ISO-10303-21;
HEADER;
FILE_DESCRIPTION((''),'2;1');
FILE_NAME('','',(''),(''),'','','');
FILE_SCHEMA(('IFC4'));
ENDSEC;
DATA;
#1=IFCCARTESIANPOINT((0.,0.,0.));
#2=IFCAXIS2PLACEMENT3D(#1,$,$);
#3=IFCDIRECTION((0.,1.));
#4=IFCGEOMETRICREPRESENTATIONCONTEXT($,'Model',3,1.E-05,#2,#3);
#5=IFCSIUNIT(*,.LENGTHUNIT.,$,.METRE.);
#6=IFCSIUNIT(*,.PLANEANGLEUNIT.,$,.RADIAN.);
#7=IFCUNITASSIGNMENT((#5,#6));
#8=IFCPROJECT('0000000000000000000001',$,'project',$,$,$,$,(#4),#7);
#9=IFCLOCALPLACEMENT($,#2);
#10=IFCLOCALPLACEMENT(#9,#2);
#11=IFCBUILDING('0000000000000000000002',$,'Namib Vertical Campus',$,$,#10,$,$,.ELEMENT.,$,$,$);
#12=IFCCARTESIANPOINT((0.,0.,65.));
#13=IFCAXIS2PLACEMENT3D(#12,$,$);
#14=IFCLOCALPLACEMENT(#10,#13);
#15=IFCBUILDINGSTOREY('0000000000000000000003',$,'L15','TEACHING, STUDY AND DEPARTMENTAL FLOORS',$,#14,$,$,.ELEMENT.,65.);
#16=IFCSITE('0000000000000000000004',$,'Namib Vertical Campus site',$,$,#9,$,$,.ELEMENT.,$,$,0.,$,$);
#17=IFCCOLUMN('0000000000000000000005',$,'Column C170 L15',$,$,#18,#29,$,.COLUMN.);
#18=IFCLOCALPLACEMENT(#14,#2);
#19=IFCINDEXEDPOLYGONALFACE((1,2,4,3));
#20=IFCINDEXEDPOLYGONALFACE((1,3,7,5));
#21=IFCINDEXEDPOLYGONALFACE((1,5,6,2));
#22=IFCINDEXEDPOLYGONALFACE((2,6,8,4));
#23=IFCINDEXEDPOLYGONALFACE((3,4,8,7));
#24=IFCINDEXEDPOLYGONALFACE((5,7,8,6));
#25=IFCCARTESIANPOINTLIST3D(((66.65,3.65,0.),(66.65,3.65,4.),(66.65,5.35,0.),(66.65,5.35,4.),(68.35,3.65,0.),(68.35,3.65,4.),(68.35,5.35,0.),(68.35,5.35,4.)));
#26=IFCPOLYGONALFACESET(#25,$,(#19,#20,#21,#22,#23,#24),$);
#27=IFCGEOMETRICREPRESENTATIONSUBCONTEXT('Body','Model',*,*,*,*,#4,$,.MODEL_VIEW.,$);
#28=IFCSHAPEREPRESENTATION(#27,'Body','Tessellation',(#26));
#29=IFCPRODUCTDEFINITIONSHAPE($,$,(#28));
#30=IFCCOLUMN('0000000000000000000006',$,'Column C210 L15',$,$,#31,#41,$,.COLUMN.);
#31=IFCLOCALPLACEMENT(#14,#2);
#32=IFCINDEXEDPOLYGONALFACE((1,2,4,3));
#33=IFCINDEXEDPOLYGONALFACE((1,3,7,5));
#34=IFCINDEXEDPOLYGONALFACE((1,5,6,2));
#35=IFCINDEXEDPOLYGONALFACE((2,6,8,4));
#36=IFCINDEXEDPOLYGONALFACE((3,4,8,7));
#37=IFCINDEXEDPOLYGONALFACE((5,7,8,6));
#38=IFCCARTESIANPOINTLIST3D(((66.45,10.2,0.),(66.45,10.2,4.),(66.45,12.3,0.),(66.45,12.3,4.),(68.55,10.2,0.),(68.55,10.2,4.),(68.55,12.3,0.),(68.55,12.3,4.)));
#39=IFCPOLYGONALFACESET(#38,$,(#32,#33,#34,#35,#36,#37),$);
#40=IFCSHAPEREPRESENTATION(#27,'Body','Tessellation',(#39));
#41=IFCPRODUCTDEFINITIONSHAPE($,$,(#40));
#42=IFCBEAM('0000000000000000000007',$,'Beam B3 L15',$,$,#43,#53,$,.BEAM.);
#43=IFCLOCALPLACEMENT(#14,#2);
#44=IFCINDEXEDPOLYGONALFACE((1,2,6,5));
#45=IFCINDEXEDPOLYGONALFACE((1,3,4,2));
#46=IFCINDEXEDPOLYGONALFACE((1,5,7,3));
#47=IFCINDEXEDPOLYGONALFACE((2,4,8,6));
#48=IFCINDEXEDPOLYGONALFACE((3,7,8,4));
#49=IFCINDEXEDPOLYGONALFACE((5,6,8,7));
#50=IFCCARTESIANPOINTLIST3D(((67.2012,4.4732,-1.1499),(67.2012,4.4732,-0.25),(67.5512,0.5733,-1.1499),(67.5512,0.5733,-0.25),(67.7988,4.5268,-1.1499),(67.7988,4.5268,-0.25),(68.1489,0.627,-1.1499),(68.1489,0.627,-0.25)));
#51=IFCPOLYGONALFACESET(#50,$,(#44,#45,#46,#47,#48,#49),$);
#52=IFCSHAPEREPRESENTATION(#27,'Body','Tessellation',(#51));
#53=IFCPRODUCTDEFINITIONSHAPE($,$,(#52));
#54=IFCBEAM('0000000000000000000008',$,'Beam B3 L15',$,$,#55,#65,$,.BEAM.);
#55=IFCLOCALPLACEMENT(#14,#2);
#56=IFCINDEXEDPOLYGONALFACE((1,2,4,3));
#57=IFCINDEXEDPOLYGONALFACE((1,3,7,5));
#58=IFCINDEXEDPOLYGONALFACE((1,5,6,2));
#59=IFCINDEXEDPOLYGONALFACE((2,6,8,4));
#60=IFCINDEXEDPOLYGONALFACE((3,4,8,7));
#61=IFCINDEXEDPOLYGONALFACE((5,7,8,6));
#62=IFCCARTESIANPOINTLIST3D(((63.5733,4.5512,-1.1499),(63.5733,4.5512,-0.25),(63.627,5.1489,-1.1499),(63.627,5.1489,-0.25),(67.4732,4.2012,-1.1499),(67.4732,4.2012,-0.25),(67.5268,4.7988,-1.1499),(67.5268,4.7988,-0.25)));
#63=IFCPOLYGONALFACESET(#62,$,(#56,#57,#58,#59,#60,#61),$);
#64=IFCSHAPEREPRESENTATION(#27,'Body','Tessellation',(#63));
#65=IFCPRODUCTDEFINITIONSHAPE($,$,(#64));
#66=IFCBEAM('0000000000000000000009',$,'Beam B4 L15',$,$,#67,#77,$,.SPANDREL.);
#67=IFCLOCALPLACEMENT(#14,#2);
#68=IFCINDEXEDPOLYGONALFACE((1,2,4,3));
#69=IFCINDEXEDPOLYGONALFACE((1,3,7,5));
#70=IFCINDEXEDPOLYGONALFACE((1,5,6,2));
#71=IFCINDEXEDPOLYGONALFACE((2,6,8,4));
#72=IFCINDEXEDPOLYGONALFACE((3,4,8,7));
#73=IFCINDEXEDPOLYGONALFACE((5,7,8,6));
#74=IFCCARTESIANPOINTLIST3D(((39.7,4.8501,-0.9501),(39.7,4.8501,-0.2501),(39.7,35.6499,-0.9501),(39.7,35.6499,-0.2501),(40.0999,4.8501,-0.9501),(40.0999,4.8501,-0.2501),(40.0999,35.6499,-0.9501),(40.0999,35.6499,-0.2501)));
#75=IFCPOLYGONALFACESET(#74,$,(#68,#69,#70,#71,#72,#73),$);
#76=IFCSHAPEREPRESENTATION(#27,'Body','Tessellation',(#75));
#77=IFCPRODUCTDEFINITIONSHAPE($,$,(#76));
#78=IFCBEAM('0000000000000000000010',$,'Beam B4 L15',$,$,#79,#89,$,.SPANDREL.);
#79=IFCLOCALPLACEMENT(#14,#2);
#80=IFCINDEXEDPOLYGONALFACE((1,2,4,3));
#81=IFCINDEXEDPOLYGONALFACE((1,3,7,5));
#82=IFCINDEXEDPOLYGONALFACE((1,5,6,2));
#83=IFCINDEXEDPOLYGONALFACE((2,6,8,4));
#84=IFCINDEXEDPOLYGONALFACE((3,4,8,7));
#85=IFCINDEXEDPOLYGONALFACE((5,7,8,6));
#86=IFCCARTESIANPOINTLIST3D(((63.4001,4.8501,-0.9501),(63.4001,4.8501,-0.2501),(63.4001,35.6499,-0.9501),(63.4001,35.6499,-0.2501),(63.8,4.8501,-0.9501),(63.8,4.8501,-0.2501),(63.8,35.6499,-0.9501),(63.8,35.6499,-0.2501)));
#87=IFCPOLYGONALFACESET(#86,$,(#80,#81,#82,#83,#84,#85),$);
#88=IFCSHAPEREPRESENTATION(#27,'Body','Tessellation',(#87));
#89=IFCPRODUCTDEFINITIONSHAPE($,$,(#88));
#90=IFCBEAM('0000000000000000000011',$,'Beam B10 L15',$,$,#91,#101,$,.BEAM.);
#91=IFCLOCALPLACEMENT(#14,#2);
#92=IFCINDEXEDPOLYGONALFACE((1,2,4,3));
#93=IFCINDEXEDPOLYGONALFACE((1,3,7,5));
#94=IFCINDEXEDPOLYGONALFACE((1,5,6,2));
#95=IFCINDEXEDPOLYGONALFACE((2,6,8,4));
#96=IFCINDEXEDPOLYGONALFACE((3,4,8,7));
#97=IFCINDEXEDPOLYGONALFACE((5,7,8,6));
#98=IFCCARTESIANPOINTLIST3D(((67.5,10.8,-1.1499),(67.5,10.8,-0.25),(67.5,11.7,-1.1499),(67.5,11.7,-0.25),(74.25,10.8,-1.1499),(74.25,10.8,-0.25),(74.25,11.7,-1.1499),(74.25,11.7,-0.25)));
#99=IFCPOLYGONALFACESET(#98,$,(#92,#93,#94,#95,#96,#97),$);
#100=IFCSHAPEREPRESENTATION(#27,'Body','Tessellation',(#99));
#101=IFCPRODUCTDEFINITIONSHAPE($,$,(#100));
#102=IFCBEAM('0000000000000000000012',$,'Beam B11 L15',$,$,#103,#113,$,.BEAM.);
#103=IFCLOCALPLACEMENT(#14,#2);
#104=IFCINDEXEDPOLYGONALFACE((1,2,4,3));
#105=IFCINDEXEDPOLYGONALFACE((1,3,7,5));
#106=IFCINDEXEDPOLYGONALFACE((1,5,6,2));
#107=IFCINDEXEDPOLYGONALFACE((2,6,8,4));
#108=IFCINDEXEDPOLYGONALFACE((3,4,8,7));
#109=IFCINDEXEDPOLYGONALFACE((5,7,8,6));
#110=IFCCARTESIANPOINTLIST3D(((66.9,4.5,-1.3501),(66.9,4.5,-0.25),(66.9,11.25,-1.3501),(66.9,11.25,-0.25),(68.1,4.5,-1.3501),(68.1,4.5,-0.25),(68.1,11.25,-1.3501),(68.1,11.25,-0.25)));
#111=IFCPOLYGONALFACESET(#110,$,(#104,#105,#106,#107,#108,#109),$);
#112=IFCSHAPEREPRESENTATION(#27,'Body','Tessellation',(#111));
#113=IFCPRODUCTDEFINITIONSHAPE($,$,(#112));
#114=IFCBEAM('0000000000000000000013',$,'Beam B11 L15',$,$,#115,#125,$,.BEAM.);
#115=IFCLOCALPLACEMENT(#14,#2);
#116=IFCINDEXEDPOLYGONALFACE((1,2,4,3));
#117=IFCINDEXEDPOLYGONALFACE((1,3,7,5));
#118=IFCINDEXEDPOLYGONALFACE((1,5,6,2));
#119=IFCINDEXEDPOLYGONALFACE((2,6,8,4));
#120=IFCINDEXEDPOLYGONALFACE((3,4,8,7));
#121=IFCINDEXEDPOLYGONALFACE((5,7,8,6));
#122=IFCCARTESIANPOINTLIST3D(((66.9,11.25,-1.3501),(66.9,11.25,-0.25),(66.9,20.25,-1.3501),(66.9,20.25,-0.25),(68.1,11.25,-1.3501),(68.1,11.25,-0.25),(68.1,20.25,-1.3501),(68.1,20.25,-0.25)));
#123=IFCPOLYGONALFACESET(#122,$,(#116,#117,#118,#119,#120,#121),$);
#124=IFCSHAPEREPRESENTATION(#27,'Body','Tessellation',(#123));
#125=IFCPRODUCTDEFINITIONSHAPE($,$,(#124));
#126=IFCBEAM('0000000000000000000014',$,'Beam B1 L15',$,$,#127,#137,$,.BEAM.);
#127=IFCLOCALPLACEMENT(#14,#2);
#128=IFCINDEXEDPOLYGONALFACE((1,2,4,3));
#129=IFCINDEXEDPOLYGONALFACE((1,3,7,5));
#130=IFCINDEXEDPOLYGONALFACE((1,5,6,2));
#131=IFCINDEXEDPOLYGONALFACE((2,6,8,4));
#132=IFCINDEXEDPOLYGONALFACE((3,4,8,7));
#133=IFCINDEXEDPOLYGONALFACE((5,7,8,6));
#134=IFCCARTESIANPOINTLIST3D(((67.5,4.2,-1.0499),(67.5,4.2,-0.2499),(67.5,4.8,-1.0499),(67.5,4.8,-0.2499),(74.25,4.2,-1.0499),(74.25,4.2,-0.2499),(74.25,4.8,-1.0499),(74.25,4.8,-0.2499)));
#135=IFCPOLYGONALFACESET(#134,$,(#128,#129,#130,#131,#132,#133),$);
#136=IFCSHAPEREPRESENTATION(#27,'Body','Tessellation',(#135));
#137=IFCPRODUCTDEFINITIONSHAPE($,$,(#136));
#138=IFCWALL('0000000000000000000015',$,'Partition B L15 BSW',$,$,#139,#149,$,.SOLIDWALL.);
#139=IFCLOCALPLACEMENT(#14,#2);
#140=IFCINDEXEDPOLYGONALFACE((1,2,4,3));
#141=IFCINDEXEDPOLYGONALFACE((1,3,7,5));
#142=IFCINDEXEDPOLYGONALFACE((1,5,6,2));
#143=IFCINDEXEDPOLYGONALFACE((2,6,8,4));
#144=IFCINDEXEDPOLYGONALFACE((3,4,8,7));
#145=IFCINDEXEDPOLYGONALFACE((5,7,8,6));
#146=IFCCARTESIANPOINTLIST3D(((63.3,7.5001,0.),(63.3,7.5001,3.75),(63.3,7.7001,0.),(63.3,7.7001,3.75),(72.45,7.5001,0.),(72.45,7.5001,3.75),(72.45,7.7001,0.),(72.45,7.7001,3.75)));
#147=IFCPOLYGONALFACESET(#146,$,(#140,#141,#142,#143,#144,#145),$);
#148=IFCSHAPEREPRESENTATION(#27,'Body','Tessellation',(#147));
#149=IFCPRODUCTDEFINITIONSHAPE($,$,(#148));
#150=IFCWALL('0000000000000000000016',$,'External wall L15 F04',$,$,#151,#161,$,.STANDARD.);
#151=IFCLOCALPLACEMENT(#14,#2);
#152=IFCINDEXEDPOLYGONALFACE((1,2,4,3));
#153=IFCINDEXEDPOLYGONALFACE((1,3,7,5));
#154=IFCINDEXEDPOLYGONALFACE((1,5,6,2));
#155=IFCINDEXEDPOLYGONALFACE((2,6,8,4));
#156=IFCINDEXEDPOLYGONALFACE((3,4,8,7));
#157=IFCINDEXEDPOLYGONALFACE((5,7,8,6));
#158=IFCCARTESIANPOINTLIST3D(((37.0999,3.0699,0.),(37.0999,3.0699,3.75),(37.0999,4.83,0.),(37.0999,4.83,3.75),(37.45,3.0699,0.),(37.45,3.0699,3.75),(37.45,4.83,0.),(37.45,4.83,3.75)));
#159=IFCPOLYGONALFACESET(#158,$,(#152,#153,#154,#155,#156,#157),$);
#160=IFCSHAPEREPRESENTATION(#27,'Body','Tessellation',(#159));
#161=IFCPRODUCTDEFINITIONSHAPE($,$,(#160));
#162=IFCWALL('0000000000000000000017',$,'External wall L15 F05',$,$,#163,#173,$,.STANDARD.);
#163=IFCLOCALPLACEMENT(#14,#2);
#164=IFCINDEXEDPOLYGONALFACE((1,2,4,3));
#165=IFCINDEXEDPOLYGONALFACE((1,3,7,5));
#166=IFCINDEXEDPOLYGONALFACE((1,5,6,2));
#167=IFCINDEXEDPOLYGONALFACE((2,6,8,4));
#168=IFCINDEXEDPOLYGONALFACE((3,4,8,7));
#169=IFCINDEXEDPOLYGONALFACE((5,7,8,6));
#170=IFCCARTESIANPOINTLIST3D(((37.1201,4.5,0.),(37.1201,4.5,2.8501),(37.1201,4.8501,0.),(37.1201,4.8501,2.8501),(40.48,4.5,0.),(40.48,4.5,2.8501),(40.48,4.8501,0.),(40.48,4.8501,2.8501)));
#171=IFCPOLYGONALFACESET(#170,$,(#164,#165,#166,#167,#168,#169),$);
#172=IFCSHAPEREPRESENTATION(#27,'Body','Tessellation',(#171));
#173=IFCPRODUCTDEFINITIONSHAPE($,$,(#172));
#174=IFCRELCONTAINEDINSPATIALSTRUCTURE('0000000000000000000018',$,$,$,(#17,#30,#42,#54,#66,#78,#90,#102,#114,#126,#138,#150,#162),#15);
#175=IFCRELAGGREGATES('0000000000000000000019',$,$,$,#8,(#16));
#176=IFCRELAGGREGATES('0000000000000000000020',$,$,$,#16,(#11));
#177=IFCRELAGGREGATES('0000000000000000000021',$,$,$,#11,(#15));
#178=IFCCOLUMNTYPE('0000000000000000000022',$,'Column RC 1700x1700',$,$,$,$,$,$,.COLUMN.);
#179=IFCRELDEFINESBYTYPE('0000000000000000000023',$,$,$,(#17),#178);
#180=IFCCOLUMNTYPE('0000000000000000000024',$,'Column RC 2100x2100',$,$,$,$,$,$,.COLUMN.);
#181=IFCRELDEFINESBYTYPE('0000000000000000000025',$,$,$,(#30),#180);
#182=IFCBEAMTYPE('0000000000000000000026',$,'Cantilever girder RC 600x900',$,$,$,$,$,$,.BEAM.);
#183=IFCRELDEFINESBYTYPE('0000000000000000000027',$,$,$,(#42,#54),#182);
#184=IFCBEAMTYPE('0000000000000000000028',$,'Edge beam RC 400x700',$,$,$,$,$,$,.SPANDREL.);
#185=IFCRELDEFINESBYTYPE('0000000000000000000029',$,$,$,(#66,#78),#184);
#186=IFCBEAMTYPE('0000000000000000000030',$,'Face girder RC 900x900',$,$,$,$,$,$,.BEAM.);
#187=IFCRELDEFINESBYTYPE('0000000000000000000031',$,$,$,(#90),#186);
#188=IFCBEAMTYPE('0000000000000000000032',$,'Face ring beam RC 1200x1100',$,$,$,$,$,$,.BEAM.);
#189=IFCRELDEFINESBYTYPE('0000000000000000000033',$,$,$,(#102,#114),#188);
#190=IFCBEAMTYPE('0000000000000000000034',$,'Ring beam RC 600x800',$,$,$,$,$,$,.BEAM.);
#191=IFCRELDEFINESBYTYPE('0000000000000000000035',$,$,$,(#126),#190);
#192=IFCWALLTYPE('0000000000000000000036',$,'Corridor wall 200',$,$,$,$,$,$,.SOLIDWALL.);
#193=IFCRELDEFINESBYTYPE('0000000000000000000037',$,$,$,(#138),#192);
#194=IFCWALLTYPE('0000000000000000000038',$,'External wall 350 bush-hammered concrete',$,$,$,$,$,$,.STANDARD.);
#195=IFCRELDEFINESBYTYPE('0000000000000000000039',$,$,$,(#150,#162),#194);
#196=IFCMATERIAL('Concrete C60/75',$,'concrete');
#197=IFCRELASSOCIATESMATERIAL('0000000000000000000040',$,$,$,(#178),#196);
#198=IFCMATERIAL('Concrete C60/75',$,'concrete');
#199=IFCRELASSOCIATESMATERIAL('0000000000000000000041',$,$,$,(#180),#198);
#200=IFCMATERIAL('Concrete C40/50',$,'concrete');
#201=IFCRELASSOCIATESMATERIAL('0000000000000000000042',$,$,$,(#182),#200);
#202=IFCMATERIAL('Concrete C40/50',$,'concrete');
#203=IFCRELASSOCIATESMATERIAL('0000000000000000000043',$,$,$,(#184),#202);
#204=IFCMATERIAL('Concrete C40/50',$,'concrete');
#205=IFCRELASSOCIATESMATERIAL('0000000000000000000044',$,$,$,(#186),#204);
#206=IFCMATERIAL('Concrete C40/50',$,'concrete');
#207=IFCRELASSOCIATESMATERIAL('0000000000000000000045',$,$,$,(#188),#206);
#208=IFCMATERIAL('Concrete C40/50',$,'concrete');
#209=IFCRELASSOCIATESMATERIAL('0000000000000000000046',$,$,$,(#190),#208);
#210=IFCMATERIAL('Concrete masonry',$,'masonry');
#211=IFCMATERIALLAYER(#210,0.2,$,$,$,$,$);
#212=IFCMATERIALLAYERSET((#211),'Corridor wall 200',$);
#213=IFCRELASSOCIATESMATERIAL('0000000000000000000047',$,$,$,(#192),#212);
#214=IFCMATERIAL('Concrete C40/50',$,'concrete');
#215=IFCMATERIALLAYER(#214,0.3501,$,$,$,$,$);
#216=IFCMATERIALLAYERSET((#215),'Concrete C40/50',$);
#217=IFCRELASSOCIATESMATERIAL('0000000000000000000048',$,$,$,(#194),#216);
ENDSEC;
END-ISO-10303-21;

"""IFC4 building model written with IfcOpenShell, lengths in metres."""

from ifc_helpers import new_model, si_unit, direction, frame, frame_2d, origin, origin_2d, place, context, subcontext, project, spatial, rectangle, extrude, material, layer, layer_set, material_profile, profile_set, type_object, element, save


model = new_model("IFC4")

# Units and contexts
model_context = context("Model", 3, precision=1e-05, world=origin(), true_north=direction((0.0, 1.0)))
body_context = subcontext(model_context, "Body", "Model", "MODEL_VIEW")
ifc_project = project(units=[si_unit("LENGTHUNIT", "METRE"), si_unit("PLANEANGLEUNIT", "RADIAN")], contexts=[model_context])

# Site, building, storey
site_placement = place(None, origin())
site = spatial("IfcSite", under=ifc_project, at=site_placement, Name="Namib Vertical Campus site", CompositionType="ELEMENT", RefElevation=0.0)
building_placement = place(site_placement, origin())
building = spatial("IfcBuilding", under=site, at=building_placement, Name="Namib Vertical Campus", CompositionType="ELEMENT")
storey_placement = place(building_placement, frame((0.0, 0.0, 65.0)))
storey = spatial("IfcBuildingStorey", under=building, at=storey_placement, Name="L15", Description="TEACHING, STUDY AND DEPARTMENTAL FLOORS", CompositionType="ELEMENT", Elevation=65.0)

# Columns
ifc_material_1 = material(Name="Concrete C60/75", Category="concrete")
ifc_material_profile_1 = material_profile(ifc_material_1, rectangle(XDim=1.7, YDim=1.7, at=origin_2d()))
ifc_profile_set_1 = profile_set([ifc_material_profile_1], Name="Concrete C60/75")
column_type_1 = type_object("IfcColumnType", Name="Column RC 1700x1700", PredefinedType="COLUMN", material=ifc_profile_set_1)
column_1_placement = place(storey_placement, frame((67.5, 4.5, 0.0), z_axis=(0.0, 0.0, 1.0), x_axis=(1.0, 0.0, 0.0)))
element("IfcColumn", 1, at=column_1_placement, inside=storey, type_object=column_type_1, Name="Column C170 L15", PredefinedType="COLUMN", context=body_context, shape_type="SweptSolid", body=[
    extrude(rectangle(XDim=1.7, YDim=1.7, at=origin_2d()), origin(), (0.0, 0.0, 1.0), 4.0),
])
ifc_material_2 = material(Name="Concrete C60/75", Category="concrete")
ifc_material_profile_2 = material_profile(ifc_material_2, rectangle(XDim=2.1001, YDim=2.1001, at=origin_2d()))
ifc_profile_set_2 = profile_set([ifc_material_profile_2], Name="Concrete C60/75")
column_type_2 = type_object("IfcColumnType", Name="Column RC 2100x2100", PredefinedType="COLUMN", material=ifc_profile_set_2)
column_2_placement = place(storey_placement, frame((67.5, 11.25, 0.0), z_axis=(0.0, 0.0, 1.0), x_axis=(1.0, 0.0, 0.0)))
element("IfcColumn", 2, at=column_2_placement, inside=storey, type_object=column_type_2, Name="Column C210 L15", PredefinedType="COLUMN", context=body_context, shape_type="SweptSolid", body=[
    extrude(rectangle(XDim=2.1001, YDim=2.1001, at=origin_2d()), origin(), (0.0, 0.0, 1.0), 4.0),
])

# Beams
ifc_material_3 = material(Name="Concrete C40/50", Category="concrete")
ifc_material_profile_3 = material_profile(ifc_material_3, rectangle(XDim=0.6001, YDim=0.8999, at=origin_2d()))
ifc_profile_set_3 = profile_set([ifc_material_profile_3], Name="Concrete C40/50")
beam_type_1 = type_object("IfcBeamType", Name="Cantilever girder RC 600x900", PredefinedType="BEAM", material=ifc_profile_set_3)
for number, where, z_axis, x_axis, name in (
    (3, (67.5, 4.5, -0.7), (0.089411, -0.995995, 0.0), (0.995995, 0.089411, 0.0), "Beam B3 L15"),
    (4, (67.5, 4.5, -0.7), (-0.995995, 0.089411, 0.0), (-0.089411, -0.995995, 0.0), "Beam B3 L15"),
):
    element("IfcBeam", number, at=place(storey_placement, frame(where, z_axis=z_axis, x_axis=x_axis)), inside=storey, type_object=beam_type_1, Name=name, PredefinedType="BEAM", context=body_context, shape_type="SweptSolid", body=[
        extrude(rectangle(XDim=0.6001, YDim=0.8999, at=origin_2d()), origin(), (0.0, 0.0, 1.0), 3.9155),
    ])
ifc_material_4 = material(Name="Concrete C40/50", Category="concrete")
ifc_material_profile_4 = material_profile(ifc_material_4, rectangle(XDim=0.3999, YDim=0.7, at=origin_2d()))
ifc_profile_set_4 = profile_set([ifc_material_profile_4], Name="Concrete C40/50")
beam_type_2 = type_object("IfcBeamType", Name="Edge beam RC 400x700", PredefinedType="SPANDREL", material=ifc_profile_set_4)
for number, where, z_axis, x_axis, name in (
    (5, (39.8999, 4.8501, -0.6001), (0.0, 1.0, 0.0), (-1.0, 0.0, 0.0), "Beam B4 L15"),
    (6, (63.6001, 4.8501, -0.6001), (0.0, 1.0, 0.0), (-1.0, 0.0, 0.0), "Beam B4 L15"),
):
    element("IfcBeam", number, at=place(storey_placement, frame(where, z_axis=z_axis, x_axis=x_axis)), inside=storey, type_object=beam_type_2, Name=name, PredefinedType="SPANDREL", context=body_context, shape_type="SweptSolid", body=[
        extrude(rectangle(XDim=0.3999, YDim=0.7, at=origin_2d()), origin(), (0.0, 0.0, 1.0), 30.7998),
    ])
ifc_material_5 = material(Name="Concrete C40/50", Category="concrete")
ifc_material_profile_5 = material_profile(ifc_material_5, rectangle(XDim=0.8999, YDim=0.8999, at=origin_2d()))
ifc_profile_set_5 = profile_set([ifc_material_profile_5], Name="Concrete C40/50")
beam_type_3 = type_object("IfcBeamType", Name="Face girder RC 900x900", PredefinedType="BEAM", material=ifc_profile_set_5)
beam_1_placement = place(storey_placement, frame((67.5, 11.25, -0.7), z_axis=(1.0, 0.0, 0.0), x_axis=(0.0, 1.0, 0.0)))
element("IfcBeam", 7, at=beam_1_placement, inside=storey, type_object=beam_type_3, Name="Beam B10 L15", PredefinedType="BEAM", context=body_context, shape_type="SweptSolid", body=[
    extrude(rectangle(XDim=0.8999, YDim=0.8999, at=origin_2d()), origin(), (0.0, 0.0, 1.0), 6.75),
])
ifc_material_6 = material(Name="Concrete C40/50", Category="concrete")
ifc_material_profile_6 = material_profile(ifc_material_6, rectangle(XDim=1.2, YDim=1.1001, at=origin_2d()))
ifc_profile_set_6 = profile_set([ifc_material_profile_6], Name="Concrete C40/50")
beam_type_4 = type_object("IfcBeamType", Name="Face ring beam RC 1200x1100", PredefinedType="BEAM", material=ifc_profile_set_6)
beam_2_placement = place(storey_placement, frame((67.5, 4.5, -0.8), z_axis=(0.0, 1.0, 0.0), x_axis=(-1.0, 0.0, 0.0)))
element("IfcBeam", 8, at=beam_2_placement, inside=storey, type_object=beam_type_4, Name="Beam B11 L15", PredefinedType="BEAM", context=body_context, shape_type="SweptSolid", body=[
    extrude(rectangle(XDim=1.2, YDim=1.1001, at=origin_2d()), origin(), (0.0, 0.0, 1.0), 6.75),
])
beam_3_placement = place(storey_placement, frame((67.5, 11.25, -0.8), z_axis=(0.0, 1.0, 0.0), x_axis=(-1.0, 0.0, 0.0)))
element("IfcBeam", 9, at=beam_3_placement, inside=storey, type_object=beam_type_4, Name="Beam B11 L15", PredefinedType="BEAM", context=body_context, shape_type="SweptSolid", body=[
    extrude(rectangle(XDim=1.2, YDim=1.1001, at=origin_2d()), origin(), (0.0, 0.0, 1.0), 9.0),
])
ifc_material_7 = material(Name="Concrete C40/50", Category="concrete")
ifc_material_profile_7 = material_profile(ifc_material_7, rectangle(XDim=0.6001, YDim=0.8, at=origin_2d()))
ifc_profile_set_7 = profile_set([ifc_material_profile_7], Name="Concrete C40/50")
beam_type_5 = type_object("IfcBeamType", Name="Ring beam RC 600x800", PredefinedType="BEAM", material=ifc_profile_set_7)
beam_4_placement = place(storey_placement, frame((67.5, 4.5, -0.6499), z_axis=(1.0, 0.0, 0.0), x_axis=(0.0, 1.0, 0.0)))
element("IfcBeam", 10, at=beam_4_placement, inside=storey, type_object=beam_type_5, Name="Beam B1 L15", PredefinedType="BEAM", context=body_context, shape_type="SweptSolid", body=[
    extrude(rectangle(XDim=0.6001, YDim=0.8, at=origin_2d()), origin(), (0.0, 0.0, 1.0), 6.75),
])

# Walls
ifc_material_8 = material(Name="Concrete masonry", Category="masonry")
ifc_layer_1 = layer(ifc_material_8, 0.2)
ifc_layer_set_1 = layer_set([ifc_layer_1], Name="Corridor wall 200")
wall_type_1 = type_object("IfcWallType", Name="Corridor wall 200", PredefinedType="SOLIDWALL", material=ifc_layer_set_1)
wall_1_placement = place(storey_placement, frame((63.3, 7.6001, 0.0), z_axis=(0.0, 0.0, 1.0), x_axis=(1.0, 0.0, 0.0)))
element("IfcWall", 11, at=wall_1_placement, inside=storey, type_object=wall_type_1, Name="Partition B L15 BSW", PredefinedType="SOLIDWALL", context=body_context, shape_type="SweptSolid", body=[
    extrude(rectangle(XDim=9.1499, YDim=0.2, at=frame_2d((4.575, 0.0))), origin(), (0.0, 0.0, 1.0), 3.75),
])
ifc_material_9 = material(Name="Concrete C40/50", Category="concrete")
ifc_layer_2 = layer(ifc_material_9, 0.3501)
ifc_layer_set_2 = layer_set([ifc_layer_2], Name="Concrete C40/50")
wall_type_2 = type_object("IfcWallType", Name="External wall 350 bush-hammered concrete", PredefinedType="STANDARD", material=ifc_layer_set_2)
wall_2_placement = place(storey_placement, frame((37.2749, 3.0701, 0.0), z_axis=(0.0, 0.0, 1.0), x_axis=(0.0, 1.0, 0.0)))
element("IfcWall", 12, at=wall_2_placement, inside=storey, type_object=wall_type_2, Name="External wall L15 F04", PredefinedType="STANDARD", context=body_context, shape_type="SweptSolid", body=[
    extrude(rectangle(XDim=1.76, YDim=0.3501, at=frame_2d((0.8799, 0.0))), origin(), (0.0, 0.0, 1.0), 3.75),
])
wall_3_placement = place(storey_placement, frame((37.1201, 4.675, 0.0), z_axis=(0.0, 0.0, 1.0), x_axis=(1.0, 0.0, 0.0)))
element("IfcWall", 13, at=wall_3_placement, inside=storey, type_object=wall_type_2, Name="External wall L15 F05", PredefinedType="STANDARD", context=body_context, shape_type="SweptSolid", body=[
    extrude(rectangle(XDim=3.3599, YDim=0.3501, at=frame_2d((1.6799, 0.0))), origin(), (0.0, 0.0, 1.0), 2.8501),
])

save(model, "model.ifc")
